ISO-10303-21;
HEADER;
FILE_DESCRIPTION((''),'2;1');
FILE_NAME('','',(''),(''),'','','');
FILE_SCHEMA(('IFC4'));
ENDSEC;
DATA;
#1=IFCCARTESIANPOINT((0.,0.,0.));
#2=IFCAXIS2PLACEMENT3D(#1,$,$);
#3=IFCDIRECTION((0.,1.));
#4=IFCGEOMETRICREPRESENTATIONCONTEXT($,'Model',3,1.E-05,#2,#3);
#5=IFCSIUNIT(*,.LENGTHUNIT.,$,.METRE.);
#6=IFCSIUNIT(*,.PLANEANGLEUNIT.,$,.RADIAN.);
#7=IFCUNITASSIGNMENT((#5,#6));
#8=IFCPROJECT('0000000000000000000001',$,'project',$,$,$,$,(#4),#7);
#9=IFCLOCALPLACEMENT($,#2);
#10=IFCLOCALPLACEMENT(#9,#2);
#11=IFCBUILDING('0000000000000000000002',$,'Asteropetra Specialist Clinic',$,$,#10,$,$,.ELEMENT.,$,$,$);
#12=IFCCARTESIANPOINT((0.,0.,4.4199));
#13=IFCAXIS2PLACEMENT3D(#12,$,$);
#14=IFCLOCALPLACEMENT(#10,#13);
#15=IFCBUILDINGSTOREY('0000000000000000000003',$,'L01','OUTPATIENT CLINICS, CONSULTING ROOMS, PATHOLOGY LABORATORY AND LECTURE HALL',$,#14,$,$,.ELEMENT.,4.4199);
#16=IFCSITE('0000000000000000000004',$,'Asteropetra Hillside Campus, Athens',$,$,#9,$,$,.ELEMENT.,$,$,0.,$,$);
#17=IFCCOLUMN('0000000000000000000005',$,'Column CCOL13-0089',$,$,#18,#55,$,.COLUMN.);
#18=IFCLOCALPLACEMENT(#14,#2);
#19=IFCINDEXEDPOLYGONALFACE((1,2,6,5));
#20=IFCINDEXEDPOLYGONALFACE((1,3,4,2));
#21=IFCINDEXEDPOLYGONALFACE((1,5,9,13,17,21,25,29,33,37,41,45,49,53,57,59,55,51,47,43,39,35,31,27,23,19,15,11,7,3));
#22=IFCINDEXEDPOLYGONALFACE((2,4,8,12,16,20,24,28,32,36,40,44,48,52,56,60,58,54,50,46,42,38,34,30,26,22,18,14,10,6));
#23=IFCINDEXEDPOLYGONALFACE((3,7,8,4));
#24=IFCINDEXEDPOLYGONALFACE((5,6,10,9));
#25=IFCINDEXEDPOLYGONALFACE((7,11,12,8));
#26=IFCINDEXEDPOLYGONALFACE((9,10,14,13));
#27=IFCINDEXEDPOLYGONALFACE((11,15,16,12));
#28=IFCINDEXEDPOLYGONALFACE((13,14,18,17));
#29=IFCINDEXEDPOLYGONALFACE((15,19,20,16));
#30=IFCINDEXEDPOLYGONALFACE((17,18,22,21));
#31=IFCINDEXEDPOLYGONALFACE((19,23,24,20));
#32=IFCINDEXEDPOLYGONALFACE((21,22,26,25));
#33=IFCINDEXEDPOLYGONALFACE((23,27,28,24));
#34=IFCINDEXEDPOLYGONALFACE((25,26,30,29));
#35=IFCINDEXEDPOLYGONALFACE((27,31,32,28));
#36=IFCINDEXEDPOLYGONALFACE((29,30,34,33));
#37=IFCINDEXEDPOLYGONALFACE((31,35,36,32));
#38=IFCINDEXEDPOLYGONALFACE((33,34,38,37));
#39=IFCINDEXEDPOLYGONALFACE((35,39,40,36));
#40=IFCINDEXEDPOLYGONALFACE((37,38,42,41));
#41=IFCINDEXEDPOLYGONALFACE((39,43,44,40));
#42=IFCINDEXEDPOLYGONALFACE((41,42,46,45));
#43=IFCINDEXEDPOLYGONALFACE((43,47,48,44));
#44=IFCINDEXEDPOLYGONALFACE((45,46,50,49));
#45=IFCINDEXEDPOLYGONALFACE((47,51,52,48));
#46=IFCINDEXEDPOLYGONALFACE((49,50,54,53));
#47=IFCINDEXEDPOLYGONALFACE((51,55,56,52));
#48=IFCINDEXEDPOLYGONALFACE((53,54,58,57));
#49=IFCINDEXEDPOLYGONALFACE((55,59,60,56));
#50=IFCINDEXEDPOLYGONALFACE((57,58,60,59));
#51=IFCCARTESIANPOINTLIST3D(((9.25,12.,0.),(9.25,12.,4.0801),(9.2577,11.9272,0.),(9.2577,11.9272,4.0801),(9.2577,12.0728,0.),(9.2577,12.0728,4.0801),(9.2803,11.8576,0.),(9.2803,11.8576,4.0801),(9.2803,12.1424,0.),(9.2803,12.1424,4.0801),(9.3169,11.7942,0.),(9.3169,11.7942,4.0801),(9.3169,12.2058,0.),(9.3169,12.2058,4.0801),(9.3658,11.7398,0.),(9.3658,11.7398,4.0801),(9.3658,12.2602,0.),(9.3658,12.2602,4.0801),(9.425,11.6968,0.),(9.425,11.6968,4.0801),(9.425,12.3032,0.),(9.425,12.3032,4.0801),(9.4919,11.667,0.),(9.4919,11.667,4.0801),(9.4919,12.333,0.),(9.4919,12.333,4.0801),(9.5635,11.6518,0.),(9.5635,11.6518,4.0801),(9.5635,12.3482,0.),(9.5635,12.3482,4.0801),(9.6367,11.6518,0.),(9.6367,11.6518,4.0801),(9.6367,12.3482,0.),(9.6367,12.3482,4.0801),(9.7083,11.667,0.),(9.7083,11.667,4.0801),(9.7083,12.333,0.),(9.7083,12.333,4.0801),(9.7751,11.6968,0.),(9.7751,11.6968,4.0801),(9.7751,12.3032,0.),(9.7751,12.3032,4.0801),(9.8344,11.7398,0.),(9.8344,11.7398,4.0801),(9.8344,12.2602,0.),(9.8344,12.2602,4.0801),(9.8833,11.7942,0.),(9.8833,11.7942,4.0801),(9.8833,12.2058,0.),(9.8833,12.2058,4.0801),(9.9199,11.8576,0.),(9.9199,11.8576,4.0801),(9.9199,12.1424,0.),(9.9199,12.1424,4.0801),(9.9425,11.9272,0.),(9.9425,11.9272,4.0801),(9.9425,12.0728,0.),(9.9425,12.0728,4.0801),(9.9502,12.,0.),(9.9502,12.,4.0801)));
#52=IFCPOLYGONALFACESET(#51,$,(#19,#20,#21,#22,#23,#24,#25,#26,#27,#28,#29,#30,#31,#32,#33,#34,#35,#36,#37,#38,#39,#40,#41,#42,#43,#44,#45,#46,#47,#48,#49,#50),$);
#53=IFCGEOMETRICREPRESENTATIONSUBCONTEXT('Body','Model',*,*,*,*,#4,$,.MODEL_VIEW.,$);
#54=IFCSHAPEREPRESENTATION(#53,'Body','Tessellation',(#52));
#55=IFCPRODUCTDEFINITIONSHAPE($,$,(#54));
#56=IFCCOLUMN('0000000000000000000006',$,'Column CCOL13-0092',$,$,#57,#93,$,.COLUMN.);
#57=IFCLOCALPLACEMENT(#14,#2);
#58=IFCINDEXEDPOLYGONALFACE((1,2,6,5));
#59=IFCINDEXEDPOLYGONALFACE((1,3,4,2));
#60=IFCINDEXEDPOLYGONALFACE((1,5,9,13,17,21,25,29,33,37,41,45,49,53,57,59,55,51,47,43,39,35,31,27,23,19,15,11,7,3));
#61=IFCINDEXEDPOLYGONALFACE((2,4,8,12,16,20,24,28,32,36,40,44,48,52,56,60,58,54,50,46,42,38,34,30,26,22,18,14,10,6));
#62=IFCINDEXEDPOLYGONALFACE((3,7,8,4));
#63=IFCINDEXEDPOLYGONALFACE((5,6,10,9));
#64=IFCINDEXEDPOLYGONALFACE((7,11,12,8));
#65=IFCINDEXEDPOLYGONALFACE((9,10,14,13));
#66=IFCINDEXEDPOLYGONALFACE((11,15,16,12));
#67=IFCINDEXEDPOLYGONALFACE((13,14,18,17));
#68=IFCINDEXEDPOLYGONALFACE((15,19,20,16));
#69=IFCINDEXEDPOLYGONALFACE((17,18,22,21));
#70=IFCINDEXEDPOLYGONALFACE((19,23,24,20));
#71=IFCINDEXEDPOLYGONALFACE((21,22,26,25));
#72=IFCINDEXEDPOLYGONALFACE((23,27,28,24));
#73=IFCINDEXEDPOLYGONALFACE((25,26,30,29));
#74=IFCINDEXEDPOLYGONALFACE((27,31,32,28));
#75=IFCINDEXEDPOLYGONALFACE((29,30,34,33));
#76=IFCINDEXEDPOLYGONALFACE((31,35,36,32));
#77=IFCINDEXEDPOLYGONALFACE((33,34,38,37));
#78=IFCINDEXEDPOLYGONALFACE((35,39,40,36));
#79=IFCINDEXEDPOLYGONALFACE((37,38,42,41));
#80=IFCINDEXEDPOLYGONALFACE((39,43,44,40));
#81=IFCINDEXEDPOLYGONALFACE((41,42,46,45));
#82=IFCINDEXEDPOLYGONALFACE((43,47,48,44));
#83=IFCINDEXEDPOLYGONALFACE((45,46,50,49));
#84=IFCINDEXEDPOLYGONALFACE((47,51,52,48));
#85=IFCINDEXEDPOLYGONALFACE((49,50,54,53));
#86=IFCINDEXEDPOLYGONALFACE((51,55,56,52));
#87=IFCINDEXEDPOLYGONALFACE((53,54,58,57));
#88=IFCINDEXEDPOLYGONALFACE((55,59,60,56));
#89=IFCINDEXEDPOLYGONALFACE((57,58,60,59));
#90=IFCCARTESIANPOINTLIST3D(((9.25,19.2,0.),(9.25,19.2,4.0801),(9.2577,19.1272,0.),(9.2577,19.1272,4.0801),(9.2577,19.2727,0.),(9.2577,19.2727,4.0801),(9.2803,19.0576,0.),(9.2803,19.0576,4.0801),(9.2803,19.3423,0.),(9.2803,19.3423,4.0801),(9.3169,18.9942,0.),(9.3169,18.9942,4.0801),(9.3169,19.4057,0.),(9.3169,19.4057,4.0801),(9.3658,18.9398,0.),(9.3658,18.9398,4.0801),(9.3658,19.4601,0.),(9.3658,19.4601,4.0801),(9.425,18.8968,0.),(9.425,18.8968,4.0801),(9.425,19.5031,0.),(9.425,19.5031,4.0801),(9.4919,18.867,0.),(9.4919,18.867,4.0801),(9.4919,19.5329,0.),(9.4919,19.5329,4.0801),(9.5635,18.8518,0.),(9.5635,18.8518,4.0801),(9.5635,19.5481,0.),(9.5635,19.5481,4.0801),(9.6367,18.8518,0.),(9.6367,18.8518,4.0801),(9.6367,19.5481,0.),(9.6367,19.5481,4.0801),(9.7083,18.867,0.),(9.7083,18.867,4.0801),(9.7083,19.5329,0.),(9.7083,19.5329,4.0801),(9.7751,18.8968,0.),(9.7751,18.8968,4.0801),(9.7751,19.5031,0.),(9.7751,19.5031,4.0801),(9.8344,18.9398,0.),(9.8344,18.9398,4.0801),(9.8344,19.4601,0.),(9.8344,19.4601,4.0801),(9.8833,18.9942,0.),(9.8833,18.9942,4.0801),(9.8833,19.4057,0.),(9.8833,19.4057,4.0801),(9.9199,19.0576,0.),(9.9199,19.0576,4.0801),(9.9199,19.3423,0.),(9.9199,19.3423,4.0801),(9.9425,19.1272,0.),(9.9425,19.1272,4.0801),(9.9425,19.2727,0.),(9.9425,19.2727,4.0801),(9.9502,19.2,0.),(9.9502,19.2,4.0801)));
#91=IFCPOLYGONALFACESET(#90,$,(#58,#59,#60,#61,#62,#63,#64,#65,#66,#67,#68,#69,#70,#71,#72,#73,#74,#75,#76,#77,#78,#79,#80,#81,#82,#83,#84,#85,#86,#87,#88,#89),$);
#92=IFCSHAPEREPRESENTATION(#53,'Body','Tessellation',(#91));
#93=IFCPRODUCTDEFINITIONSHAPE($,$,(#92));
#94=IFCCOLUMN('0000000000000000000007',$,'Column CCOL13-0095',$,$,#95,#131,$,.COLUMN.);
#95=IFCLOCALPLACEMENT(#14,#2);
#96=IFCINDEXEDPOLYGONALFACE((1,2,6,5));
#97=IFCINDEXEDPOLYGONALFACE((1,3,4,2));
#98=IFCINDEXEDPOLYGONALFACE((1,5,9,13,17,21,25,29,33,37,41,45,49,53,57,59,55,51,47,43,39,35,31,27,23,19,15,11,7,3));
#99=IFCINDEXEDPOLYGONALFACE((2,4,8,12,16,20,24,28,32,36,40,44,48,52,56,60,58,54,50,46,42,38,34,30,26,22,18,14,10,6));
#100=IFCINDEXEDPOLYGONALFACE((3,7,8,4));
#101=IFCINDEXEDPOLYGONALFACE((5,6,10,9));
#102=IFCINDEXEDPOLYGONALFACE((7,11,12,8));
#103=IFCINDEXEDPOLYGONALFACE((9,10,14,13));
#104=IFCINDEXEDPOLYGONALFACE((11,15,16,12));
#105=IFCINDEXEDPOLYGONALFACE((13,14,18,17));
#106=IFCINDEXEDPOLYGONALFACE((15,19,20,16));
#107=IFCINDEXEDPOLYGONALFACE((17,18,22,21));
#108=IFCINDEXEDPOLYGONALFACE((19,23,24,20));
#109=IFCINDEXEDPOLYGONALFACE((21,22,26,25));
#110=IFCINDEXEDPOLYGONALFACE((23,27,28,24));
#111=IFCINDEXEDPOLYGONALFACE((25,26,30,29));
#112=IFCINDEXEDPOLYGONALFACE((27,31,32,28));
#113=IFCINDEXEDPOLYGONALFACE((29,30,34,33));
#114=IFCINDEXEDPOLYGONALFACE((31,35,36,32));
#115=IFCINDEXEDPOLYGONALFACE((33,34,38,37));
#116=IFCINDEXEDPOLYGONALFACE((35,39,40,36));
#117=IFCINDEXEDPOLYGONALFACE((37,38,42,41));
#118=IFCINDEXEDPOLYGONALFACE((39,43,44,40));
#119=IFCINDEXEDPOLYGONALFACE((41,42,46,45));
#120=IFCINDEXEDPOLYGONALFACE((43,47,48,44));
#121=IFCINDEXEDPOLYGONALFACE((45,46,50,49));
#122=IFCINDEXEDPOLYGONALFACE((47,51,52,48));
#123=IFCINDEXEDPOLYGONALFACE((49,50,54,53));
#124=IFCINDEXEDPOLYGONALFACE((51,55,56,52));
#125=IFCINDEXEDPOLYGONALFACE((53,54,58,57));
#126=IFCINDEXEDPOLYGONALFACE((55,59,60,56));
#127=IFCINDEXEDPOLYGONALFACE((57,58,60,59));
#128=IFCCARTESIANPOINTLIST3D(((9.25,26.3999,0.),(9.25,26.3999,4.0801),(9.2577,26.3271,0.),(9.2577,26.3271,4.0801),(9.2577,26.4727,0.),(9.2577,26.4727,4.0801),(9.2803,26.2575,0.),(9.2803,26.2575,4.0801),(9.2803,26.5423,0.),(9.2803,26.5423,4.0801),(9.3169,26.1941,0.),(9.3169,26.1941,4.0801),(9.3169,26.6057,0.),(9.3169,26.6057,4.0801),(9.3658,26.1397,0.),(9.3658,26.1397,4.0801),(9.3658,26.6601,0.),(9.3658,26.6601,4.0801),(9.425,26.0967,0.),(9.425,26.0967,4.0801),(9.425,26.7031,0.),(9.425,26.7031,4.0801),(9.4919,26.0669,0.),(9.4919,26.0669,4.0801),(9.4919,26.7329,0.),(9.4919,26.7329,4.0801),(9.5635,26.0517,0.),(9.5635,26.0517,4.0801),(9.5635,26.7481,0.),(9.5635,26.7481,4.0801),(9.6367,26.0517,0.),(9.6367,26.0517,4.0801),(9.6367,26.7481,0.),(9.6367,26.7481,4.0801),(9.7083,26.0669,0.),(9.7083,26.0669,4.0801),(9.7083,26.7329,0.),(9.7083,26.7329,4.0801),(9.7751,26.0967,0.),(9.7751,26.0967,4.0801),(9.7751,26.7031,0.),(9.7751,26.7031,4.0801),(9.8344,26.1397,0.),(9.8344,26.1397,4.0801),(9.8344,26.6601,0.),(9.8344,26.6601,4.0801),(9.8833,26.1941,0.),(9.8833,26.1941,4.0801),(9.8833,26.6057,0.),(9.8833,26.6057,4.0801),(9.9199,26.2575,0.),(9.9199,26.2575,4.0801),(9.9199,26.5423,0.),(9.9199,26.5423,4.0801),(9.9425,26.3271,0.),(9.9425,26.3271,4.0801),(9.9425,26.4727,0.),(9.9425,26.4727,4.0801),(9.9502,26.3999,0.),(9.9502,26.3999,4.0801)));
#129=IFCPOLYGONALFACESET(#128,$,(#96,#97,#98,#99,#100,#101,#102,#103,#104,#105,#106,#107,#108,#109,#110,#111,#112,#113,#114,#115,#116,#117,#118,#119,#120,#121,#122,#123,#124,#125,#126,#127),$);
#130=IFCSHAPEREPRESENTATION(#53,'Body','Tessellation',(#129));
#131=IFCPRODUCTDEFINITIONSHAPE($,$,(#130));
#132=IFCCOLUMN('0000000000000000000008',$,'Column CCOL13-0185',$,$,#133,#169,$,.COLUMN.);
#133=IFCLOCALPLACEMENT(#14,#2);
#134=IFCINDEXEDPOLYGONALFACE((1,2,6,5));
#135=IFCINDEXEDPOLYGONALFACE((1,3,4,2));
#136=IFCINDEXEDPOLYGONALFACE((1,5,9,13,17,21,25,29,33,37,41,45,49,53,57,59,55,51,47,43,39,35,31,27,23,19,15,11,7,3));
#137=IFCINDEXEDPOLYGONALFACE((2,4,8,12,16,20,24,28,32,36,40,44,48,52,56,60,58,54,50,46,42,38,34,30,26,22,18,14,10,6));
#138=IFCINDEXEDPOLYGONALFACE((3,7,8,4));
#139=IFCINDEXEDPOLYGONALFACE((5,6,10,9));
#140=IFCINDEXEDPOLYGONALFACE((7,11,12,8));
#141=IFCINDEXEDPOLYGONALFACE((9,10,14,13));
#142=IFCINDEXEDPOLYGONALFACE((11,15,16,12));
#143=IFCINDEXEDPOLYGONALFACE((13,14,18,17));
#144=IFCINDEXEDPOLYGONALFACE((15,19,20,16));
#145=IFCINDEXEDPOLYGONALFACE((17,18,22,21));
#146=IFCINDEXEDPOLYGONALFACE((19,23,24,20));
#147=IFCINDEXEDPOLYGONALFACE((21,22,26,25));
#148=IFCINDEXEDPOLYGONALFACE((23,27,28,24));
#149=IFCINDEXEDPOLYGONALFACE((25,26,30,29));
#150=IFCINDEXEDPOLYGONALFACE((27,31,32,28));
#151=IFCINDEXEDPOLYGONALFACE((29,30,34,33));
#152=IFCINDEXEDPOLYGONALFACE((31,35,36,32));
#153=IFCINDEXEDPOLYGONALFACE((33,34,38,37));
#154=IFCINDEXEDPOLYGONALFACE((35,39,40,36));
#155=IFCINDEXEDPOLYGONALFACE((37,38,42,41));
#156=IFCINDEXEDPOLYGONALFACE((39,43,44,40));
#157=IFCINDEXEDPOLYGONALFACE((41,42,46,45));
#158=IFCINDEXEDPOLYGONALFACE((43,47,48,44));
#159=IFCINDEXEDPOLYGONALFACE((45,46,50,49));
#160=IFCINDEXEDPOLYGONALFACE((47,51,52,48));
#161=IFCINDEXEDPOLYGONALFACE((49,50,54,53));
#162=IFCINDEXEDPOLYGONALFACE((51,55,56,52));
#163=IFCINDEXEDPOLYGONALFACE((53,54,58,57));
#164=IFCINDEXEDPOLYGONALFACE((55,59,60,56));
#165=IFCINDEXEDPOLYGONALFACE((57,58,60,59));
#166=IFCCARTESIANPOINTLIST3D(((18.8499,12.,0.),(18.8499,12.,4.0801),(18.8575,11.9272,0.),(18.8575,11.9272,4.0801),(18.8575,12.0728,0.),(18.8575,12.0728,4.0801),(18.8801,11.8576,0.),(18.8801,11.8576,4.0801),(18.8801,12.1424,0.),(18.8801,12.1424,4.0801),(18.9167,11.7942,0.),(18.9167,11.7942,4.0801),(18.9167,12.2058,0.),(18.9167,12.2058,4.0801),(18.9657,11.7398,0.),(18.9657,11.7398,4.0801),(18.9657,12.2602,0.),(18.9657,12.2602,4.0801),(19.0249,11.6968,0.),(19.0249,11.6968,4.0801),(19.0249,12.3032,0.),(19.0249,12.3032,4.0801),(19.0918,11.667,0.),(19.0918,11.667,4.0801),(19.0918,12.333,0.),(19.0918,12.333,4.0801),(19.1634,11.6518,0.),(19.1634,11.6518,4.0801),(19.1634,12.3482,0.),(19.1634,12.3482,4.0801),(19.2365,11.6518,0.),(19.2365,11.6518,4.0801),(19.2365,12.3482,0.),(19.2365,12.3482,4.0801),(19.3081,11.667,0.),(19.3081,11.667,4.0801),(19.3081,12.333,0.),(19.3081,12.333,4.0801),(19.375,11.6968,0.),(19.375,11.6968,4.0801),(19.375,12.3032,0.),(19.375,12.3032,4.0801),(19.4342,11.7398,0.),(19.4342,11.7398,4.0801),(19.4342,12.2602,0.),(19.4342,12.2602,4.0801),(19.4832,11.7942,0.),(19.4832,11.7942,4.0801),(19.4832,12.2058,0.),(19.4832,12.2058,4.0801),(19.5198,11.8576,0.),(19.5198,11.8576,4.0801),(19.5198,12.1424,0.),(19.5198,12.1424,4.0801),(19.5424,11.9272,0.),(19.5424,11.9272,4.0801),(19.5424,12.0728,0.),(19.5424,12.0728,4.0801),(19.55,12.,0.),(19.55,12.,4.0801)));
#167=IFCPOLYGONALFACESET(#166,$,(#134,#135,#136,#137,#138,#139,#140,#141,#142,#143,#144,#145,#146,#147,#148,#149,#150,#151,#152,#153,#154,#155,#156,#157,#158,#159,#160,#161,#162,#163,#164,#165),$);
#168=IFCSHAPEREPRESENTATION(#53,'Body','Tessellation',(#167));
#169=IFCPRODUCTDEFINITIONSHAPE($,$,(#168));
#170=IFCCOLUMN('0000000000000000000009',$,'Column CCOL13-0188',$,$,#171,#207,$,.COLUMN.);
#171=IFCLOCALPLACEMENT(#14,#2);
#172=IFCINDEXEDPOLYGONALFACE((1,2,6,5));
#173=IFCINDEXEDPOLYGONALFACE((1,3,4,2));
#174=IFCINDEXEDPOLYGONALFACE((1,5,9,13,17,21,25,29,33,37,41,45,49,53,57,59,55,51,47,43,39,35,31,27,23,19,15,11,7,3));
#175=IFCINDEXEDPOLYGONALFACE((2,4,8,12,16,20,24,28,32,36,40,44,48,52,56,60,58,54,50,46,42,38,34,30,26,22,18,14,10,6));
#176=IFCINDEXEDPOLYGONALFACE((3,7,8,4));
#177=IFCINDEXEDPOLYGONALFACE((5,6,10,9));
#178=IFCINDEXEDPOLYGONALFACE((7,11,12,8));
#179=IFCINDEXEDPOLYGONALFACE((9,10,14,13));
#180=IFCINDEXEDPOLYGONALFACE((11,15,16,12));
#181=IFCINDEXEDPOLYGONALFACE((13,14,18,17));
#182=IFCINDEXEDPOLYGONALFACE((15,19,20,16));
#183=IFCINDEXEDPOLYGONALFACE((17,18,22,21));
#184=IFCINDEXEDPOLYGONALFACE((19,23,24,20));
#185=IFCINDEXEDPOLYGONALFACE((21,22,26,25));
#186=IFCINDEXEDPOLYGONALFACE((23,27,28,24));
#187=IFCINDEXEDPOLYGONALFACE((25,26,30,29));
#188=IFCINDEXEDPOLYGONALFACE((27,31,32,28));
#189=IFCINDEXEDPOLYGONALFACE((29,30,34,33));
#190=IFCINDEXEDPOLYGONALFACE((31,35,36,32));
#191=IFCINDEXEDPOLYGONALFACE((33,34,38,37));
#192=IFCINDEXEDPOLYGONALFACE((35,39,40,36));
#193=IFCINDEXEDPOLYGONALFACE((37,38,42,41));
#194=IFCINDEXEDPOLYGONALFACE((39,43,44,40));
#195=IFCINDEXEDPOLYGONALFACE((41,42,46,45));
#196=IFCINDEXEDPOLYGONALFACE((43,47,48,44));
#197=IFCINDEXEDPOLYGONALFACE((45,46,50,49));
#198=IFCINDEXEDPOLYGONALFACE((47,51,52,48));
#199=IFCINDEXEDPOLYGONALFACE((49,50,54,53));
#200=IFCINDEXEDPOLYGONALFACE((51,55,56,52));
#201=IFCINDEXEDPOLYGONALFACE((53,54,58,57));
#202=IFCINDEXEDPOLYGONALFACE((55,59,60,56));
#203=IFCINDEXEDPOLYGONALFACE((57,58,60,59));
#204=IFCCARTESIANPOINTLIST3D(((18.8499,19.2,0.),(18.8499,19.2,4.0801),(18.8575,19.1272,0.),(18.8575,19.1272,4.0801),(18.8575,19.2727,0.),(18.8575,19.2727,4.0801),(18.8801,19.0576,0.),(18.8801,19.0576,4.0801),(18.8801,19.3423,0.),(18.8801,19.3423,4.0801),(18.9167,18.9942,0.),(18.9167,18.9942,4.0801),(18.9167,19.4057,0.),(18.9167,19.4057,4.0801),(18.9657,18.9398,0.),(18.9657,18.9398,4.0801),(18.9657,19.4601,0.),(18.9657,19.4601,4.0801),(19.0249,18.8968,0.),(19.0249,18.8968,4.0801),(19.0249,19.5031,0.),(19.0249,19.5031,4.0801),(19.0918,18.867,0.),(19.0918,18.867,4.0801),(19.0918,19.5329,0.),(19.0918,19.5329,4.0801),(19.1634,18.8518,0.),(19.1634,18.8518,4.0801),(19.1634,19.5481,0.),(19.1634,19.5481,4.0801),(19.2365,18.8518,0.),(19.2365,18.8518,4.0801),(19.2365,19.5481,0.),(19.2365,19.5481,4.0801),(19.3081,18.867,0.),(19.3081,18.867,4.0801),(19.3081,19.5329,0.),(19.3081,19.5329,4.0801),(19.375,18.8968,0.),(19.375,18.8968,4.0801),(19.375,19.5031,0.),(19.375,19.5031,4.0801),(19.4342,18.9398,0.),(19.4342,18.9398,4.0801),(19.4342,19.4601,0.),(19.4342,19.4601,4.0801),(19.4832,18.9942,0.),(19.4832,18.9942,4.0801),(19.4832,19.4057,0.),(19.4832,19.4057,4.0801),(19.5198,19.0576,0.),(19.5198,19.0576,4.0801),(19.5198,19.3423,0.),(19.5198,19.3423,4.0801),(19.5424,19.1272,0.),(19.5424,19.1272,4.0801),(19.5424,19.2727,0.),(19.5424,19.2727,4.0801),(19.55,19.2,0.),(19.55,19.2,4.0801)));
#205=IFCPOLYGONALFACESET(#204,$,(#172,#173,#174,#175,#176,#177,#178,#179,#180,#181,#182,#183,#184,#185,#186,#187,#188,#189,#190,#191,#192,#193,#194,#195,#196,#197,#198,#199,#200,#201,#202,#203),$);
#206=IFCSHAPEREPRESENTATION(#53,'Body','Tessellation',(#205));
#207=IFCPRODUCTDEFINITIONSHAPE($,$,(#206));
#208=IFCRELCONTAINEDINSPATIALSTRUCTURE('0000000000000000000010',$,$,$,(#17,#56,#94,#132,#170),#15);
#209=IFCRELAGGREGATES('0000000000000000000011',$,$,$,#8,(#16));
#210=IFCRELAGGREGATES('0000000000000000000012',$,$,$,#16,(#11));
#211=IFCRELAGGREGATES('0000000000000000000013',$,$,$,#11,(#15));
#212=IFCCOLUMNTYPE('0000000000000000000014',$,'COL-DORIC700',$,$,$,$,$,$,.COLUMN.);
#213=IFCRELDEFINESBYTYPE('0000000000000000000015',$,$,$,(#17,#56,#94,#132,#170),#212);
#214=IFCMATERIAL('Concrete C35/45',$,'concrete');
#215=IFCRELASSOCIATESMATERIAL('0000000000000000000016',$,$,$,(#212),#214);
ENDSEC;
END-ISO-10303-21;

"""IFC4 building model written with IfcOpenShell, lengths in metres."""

from ifc_helpers import new_model, si_unit, direction, frame, origin, origin_2d, place, context, subcontext, project, spatial, circle, extrude, material, material_profile, profile_set, type_object, element, save


model = new_model("IFC4")

# Units and contexts
model_context = context("Model", 3, precision=1e-05, world=origin(), true_north=direction((0.0, 1.0)))
body_context = subcontext(model_context, "Body", "Model", "MODEL_VIEW")
ifc_project = project(units=[si_unit("LENGTHUNIT", "METRE"), si_unit("PLANEANGLEUNIT", "RADIAN")], contexts=[model_context])

# Site, building, storey
site_placement = place(None, origin())
site = spatial("IfcSite", under=ifc_project, at=site_placement, Name="Asteropetra Hillside Campus, Athens", CompositionType="ELEMENT", RefElevation=0.0)
building_placement = place(site_placement, origin())
building = spatial("IfcBuilding", under=site, at=building_placement, Name="Asteropetra Specialist Clinic", CompositionType="ELEMENT")
storey_placement = place(building_placement, frame((0.0, 0.0, 4.4199)))
storey = spatial("IfcBuildingStorey", under=building, at=storey_placement, Name="L01", Description="OUTPATIENT CLINICS, CONSULTING ROOMS, PATHOLOGY LABORATORY AND LECTURE HALL", CompositionType="ELEMENT", Elevation=4.4199)

# Columns
ifc_material_1 = material(Name="Concrete C35/45", Category="concrete")
ifc_material_profile_1 = material_profile(ifc_material_1, circle(Radius=0.3501, at=origin_2d()), Name="RCC D700")
ifc_profile_set_1 = profile_set([ifc_material_profile_1], Name="Concrete C35/45")
column_type = type_object("IfcColumnType", Name="COL-DORIC700", PredefinedType="COLUMN", material=ifc_profile_set_1)
for number, where, z_axis, x_axis, name in (
    (1, (9.6001, 12.0, 0.0), (0.0, 0.0, 1.0), (1.0, 0.0, 0.0), "Column CCOL13-0089"),
    (2, (9.6001, 19.2, 0.0), (0.0, 0.0, 1.0), (1.0, 0.0, 0.0), "Column CCOL13-0092"),
    (3, (9.6001, 26.3999, 0.0), (0.0, 0.0, 1.0), (1.0, 0.0, 0.0), "Column CCOL13-0095"),
    (4, (19.2, 12.0, 0.0), (0.0, 0.0, 1.0), (1.0, 0.0, 0.0), "Column CCOL13-0185"),
    (5, (19.2, 19.2, 0.0), (0.0, 0.0, 1.0), (1.0, 0.0, 0.0), "Column CCOL13-0188"),
):
    element("IfcColumn", number, at=place(storey_placement, frame(where, z_axis=z_axis, x_axis=x_axis)), inside=storey, type_object=column_type, Name=name, PredefinedType="COLUMN", context=body_context, shape_type="SweptSolid", body=[
        extrude(circle(Radius=0.3501, at=origin_2d()), origin(), (0.0, 0.0, 1.0), 4.0801),
    ])

save(model, "model.ifc")
